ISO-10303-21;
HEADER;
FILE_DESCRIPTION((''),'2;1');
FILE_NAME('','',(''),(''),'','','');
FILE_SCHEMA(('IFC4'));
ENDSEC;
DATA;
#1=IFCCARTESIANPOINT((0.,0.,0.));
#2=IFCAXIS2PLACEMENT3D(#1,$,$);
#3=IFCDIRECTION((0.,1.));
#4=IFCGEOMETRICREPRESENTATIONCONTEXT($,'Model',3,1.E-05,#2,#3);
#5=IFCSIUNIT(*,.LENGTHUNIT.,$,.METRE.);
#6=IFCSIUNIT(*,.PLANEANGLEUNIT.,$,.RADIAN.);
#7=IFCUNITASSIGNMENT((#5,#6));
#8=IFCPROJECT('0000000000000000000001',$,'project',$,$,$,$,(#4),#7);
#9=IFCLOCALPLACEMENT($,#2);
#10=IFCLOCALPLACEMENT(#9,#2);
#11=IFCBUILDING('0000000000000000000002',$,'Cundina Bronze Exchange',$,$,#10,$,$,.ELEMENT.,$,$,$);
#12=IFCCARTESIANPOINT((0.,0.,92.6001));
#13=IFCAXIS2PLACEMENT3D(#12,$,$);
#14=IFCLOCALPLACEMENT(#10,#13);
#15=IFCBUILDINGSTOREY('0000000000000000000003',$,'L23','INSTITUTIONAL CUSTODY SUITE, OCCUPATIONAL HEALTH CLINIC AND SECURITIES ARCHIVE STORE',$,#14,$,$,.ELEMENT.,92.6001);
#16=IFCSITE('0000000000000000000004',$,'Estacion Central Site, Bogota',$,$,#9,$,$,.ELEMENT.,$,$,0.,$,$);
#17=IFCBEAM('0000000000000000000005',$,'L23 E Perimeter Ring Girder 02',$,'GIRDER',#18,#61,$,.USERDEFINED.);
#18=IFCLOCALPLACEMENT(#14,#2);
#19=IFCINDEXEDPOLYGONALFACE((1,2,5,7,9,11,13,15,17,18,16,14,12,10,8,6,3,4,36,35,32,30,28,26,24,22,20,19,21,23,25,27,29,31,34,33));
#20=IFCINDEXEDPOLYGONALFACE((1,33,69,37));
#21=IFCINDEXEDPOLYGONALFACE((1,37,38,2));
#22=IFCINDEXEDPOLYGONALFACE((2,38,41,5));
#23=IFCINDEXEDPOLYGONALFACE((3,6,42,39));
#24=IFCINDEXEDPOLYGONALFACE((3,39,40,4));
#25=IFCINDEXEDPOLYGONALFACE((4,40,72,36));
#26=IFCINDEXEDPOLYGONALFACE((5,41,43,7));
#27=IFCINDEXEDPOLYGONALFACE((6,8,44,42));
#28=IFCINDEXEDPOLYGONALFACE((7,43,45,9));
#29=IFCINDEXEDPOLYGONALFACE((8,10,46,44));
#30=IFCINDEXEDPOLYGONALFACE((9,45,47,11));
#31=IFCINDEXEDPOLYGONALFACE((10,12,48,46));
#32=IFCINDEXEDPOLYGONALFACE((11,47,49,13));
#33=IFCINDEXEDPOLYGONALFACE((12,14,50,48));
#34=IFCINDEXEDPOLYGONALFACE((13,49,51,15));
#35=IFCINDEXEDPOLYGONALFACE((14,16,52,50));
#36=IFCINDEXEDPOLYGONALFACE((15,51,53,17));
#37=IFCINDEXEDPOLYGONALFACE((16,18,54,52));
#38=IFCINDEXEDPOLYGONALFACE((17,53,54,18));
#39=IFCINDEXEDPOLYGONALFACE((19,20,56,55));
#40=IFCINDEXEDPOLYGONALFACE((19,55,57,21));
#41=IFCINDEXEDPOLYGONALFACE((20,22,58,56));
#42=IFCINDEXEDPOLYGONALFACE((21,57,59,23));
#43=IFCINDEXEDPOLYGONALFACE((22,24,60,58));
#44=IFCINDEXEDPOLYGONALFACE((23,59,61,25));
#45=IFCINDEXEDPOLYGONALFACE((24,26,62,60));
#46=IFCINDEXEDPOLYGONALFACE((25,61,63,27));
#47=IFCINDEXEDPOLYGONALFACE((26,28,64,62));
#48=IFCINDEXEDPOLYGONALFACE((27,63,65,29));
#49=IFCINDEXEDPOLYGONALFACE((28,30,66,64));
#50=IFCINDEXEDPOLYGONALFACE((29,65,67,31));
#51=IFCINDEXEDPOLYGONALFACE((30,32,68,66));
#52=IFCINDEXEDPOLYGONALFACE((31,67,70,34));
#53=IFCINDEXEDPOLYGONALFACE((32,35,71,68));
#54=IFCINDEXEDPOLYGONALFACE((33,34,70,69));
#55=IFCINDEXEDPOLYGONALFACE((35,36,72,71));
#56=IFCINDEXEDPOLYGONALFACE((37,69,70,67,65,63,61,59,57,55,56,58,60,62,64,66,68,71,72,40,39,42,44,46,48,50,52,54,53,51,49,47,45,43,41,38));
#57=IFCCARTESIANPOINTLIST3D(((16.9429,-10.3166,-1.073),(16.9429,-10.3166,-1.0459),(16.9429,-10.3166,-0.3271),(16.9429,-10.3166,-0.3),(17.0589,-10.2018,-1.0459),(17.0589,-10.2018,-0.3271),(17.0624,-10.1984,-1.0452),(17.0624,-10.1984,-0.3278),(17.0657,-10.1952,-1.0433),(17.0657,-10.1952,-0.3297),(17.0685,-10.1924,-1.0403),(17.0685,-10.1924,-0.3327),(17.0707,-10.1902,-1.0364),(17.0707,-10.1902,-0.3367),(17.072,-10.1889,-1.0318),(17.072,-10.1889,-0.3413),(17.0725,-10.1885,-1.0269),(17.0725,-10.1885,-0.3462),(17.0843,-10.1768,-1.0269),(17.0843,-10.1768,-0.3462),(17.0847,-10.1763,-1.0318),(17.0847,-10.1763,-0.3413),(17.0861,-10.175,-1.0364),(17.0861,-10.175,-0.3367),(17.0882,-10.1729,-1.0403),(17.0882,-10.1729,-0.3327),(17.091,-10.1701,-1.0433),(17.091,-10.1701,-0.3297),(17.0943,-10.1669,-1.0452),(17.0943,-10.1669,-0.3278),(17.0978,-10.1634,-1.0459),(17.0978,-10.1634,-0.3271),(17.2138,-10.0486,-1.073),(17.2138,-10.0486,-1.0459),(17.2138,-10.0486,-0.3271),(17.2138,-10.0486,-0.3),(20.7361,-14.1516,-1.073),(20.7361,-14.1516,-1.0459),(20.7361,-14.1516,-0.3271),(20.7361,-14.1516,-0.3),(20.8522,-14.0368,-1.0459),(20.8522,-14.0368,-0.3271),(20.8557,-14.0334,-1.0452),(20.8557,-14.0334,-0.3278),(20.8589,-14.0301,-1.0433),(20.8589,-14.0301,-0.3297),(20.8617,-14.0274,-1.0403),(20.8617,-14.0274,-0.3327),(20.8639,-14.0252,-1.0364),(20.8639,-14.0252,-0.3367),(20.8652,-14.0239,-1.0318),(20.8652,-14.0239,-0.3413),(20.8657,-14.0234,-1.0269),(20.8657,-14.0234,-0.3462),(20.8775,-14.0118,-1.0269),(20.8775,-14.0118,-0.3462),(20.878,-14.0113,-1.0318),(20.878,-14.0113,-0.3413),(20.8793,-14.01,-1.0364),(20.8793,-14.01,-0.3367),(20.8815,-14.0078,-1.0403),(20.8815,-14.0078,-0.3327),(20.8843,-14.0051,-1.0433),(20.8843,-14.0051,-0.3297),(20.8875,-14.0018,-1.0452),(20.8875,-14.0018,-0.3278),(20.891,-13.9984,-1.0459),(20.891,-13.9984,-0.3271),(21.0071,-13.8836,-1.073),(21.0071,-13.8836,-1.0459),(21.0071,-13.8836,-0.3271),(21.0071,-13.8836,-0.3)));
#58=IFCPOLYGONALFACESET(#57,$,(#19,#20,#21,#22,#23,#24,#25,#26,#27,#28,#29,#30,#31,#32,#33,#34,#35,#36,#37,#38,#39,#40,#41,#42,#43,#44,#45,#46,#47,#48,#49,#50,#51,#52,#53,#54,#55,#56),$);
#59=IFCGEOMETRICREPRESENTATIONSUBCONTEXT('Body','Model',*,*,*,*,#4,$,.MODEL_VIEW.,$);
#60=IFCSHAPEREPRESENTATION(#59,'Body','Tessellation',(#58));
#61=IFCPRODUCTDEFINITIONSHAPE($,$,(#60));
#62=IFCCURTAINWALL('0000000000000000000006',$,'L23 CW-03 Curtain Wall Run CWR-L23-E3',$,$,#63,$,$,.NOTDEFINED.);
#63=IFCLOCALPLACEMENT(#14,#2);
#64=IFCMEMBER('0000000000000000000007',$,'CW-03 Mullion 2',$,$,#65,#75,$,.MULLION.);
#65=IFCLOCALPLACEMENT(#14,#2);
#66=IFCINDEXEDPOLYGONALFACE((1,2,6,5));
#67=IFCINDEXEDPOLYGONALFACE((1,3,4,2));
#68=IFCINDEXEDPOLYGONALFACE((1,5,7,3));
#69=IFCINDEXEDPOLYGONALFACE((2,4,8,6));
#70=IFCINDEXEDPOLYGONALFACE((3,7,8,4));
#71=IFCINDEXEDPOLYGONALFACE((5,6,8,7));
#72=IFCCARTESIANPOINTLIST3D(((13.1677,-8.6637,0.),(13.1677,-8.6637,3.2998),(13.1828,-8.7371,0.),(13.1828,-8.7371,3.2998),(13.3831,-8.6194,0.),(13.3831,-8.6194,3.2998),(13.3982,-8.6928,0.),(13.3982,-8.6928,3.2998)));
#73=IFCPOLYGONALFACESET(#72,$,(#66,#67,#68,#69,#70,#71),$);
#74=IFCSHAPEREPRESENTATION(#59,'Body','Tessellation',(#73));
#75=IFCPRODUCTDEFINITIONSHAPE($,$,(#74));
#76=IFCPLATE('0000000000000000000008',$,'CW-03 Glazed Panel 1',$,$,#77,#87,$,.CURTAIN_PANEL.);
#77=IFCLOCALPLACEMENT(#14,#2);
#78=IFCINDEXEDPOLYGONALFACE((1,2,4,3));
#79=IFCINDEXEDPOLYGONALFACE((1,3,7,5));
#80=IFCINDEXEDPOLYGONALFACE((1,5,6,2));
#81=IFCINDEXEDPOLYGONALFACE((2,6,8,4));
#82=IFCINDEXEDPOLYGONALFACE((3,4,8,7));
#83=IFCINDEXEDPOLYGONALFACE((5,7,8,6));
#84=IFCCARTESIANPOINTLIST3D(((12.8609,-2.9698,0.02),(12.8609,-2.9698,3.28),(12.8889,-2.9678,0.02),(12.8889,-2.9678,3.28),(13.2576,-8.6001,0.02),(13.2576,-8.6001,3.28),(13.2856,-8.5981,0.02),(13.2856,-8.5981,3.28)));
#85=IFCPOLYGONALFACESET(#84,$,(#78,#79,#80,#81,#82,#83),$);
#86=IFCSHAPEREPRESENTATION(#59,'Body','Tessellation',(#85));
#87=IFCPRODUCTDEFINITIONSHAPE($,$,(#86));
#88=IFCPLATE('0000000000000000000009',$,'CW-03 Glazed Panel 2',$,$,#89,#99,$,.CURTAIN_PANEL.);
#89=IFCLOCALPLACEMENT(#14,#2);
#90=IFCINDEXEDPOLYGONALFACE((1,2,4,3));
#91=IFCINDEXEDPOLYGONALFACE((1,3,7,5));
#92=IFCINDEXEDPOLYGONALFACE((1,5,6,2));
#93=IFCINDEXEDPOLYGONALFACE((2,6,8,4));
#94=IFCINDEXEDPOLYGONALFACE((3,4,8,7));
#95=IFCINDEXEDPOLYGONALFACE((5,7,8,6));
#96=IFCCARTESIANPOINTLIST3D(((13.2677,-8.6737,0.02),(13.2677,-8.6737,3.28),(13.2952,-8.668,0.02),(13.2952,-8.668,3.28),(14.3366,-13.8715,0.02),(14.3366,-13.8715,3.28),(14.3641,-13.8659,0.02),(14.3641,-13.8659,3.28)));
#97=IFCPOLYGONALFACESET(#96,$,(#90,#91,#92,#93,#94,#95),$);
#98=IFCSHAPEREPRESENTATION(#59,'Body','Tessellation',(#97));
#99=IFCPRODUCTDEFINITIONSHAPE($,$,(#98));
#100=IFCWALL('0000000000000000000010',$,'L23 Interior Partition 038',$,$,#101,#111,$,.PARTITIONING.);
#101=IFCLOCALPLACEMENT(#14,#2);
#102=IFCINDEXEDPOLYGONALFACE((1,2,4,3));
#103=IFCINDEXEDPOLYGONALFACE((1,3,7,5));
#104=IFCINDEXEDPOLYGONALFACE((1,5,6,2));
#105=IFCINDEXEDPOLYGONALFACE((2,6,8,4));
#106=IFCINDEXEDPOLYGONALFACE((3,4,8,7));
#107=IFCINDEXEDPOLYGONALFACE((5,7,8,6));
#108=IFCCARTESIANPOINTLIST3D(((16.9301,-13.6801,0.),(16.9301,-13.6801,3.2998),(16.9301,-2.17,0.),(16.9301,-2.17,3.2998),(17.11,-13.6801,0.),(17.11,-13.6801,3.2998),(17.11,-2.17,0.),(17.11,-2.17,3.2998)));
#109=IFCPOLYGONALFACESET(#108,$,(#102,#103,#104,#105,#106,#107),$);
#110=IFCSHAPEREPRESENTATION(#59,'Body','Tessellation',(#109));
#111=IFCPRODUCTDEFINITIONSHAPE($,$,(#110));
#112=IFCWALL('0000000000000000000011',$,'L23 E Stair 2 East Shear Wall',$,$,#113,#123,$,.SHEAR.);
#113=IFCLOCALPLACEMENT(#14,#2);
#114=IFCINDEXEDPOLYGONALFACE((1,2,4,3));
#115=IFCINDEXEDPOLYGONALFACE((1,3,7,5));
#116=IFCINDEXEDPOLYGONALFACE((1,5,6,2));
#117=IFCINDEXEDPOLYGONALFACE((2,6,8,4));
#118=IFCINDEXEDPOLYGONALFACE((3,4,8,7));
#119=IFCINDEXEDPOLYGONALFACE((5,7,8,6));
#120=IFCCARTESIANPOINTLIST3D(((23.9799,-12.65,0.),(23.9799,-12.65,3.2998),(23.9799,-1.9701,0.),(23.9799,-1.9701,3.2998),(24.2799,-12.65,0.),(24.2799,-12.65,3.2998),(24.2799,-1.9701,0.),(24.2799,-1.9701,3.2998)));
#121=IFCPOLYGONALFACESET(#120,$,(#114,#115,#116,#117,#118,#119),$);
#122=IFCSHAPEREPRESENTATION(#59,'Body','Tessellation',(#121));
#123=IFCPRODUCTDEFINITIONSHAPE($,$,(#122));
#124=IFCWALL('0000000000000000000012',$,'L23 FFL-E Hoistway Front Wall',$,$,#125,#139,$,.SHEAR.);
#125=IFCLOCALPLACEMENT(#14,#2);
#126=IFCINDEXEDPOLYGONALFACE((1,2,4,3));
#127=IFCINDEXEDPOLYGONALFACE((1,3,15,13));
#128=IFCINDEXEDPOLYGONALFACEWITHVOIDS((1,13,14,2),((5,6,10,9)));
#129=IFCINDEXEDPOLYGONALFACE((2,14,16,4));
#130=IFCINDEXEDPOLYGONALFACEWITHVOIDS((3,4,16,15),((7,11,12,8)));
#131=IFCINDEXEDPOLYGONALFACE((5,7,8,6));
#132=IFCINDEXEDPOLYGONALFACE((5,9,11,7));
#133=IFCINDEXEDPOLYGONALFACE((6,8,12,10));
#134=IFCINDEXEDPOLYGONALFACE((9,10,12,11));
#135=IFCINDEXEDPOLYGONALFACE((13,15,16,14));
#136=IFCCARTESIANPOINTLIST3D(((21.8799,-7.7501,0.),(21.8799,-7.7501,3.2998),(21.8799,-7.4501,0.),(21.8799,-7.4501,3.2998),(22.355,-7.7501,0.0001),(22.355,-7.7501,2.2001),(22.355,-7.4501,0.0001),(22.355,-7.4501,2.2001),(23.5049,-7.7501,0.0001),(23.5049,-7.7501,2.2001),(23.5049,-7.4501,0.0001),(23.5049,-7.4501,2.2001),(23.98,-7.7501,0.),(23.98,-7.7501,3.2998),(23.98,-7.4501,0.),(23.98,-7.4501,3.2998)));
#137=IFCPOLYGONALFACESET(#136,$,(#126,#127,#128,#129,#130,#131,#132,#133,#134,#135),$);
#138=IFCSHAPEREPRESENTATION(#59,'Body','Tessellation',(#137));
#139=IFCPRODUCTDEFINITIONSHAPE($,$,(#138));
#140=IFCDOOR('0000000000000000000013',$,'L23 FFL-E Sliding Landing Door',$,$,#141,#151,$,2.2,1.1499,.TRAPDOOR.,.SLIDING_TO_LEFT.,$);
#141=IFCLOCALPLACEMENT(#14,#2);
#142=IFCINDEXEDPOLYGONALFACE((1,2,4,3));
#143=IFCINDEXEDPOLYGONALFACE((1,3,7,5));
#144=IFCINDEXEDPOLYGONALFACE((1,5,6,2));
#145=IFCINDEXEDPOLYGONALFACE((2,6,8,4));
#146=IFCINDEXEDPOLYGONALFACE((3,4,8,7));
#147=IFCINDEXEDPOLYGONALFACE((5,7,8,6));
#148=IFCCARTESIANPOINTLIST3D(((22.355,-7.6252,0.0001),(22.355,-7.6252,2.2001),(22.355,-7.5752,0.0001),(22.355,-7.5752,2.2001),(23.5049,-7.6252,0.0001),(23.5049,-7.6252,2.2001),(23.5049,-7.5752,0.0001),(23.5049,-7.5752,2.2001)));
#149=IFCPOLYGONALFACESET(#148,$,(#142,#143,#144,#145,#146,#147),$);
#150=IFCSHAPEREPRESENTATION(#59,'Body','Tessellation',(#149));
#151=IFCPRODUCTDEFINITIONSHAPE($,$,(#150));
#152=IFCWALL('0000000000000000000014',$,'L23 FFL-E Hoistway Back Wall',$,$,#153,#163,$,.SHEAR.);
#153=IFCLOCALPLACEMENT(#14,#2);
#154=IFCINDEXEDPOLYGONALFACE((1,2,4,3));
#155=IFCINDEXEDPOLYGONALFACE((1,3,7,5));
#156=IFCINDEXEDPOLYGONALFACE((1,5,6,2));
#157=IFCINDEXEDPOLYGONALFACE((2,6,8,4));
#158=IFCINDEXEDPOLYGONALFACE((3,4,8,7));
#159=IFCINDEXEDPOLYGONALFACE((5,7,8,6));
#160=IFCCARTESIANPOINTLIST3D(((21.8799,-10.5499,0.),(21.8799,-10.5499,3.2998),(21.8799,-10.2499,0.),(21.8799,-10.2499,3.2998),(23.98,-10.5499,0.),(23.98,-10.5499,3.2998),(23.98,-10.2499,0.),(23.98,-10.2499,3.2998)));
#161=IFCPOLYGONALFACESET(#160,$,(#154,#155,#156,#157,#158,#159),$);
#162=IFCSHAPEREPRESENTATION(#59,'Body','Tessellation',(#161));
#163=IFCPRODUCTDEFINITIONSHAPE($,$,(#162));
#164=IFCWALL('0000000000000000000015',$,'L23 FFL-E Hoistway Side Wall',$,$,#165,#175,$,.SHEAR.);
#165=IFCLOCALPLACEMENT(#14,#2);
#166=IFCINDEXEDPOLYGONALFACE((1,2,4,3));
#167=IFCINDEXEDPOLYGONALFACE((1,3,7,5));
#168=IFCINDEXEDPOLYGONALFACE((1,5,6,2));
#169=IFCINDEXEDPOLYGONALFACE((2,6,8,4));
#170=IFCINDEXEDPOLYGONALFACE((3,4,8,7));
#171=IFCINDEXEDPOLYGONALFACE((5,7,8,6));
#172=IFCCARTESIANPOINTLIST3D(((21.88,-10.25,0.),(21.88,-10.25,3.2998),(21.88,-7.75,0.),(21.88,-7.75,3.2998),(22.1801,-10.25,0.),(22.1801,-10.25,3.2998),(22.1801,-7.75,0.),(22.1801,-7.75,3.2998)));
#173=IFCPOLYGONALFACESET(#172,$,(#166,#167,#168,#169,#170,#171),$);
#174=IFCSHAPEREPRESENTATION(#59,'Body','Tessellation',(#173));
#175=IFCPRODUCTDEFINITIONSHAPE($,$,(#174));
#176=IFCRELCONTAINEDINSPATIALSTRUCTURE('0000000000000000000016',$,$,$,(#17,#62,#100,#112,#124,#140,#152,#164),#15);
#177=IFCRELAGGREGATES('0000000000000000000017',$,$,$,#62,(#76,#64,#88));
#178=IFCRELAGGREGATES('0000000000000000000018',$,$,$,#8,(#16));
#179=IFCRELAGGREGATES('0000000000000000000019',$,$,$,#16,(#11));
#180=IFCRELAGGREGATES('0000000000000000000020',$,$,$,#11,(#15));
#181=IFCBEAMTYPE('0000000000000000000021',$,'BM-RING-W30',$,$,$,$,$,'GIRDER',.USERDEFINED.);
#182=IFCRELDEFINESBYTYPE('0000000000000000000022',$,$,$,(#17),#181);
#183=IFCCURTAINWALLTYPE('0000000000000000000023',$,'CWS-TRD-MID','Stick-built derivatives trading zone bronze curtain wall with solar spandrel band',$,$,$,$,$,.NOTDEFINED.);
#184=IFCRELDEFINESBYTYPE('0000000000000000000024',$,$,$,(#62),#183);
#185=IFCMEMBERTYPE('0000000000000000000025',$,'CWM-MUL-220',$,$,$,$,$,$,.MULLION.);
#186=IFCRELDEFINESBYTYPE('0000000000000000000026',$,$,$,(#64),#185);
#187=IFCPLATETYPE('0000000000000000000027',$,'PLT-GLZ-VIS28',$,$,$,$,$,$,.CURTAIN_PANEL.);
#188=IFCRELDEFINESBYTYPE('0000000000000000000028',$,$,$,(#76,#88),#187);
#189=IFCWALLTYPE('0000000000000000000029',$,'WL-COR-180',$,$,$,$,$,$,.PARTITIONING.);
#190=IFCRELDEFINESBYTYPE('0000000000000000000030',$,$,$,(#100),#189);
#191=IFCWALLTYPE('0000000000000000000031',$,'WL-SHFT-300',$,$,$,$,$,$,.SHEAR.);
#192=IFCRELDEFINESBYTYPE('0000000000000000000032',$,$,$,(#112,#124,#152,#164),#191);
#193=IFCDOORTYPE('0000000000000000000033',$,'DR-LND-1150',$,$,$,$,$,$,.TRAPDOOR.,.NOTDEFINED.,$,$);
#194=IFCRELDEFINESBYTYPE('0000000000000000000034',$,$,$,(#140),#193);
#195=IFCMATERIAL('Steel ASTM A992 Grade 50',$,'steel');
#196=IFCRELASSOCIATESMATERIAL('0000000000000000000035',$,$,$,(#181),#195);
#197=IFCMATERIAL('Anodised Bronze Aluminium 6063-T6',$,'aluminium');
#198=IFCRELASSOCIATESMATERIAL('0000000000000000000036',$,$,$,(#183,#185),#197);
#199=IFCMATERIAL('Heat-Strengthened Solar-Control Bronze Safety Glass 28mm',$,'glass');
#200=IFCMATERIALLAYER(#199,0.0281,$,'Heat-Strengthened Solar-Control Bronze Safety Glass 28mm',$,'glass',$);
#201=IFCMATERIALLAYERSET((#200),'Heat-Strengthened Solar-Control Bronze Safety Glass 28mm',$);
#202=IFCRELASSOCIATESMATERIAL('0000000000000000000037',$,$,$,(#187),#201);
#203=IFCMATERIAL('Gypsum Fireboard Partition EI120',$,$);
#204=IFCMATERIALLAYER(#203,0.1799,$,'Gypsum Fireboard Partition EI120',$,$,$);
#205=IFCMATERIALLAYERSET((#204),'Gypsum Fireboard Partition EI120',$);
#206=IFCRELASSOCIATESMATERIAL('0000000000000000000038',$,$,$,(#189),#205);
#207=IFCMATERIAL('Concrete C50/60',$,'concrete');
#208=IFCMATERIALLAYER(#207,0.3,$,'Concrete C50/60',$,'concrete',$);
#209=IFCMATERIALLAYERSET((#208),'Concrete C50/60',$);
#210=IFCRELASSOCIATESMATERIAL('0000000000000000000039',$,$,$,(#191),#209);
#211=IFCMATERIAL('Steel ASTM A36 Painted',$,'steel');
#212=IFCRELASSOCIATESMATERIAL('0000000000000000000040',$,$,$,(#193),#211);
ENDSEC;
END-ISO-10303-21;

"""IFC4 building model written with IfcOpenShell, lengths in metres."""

from ifc_helpers import new_model, si_unit, direction, frame, frame_2d, origin, origin_2d, place, context, subcontext, project, spatial, rectangle, i_section, extrude, material, layer, layer_set, material_profile, profile_set, type_object, element, fill, aggregate, save


model = new_model("IFC4")

# Units and contexts
model_context = context("Model", 3, precision=1e-05, world=origin(), true_north=direction((0.0, 1.0)))
body_context = subcontext(model_context, "Body", "Model", "MODEL_VIEW")
ifc_project = project(units=[si_unit("LENGTHUNIT", "METRE"), si_unit("PLANEANGLEUNIT", "RADIAN")], contexts=[model_context])

# Site, building, storey
site_placement = place(None, origin())
site = spatial("IfcSite", under=ifc_project, at=site_placement, Name="Estacion Central Site, Bogota", CompositionType="ELEMENT", RefElevation=0.0)
building_placement = place(site_placement, origin())
building = spatial("IfcBuilding", under=site, at=building_placement, Name="Cundina Bronze Exchange", CompositionType="ELEMENT")
storey_placement = place(building_placement, frame((0.0, 0.0, 92.6001)))
storey = spatial("IfcBuildingStorey", under=building, at=storey_placement, Name="L23", Description="INSTITUTIONAL CUSTODY SUITE, OCCUPATIONAL HEALTH CLINIC AND SECURITIES ARCHIVE STORE", CompositionType="ELEMENT", Elevation=92.6001)

# Beam
ifc_material_1 = material(Name="Steel ASTM A992 Grade 50", Category="steel")
ifc_material_profile_1 = material_profile(ifc_material_1, i_section(OverallWidth=0.3811, OverallDepth=0.7729, WebThickness=0.0166, FlangeThickness=0.0271, FilletRadius=0.019, at=origin_2d()), Name="W30X173", Category="steel")
ifc_profile_set_1 = profile_set([ifc_material_profile_1], Name="Steel ASTM A992 Grade 50")
beam_type_1 = type_object("IfcBeamType", Name="BM-RING-W30", ElementType="GIRDER", PredefinedType="USERDEFINED", material=ifc_profile_set_1)
beam_1_placement = place(storey_placement, frame((17.0784, -10.1826, -0.6865), z_axis=(0.703226, -0.710966, 0.0), x_axis=(0.710966, 0.703226, 0.0)))
element("IfcBeam", 1, at=beam_1_placement, inside=storey, type_object=beam_type_1, Name="L23 E Perimeter Ring Girder 02", ObjectType="GIRDER", PredefinedType="USERDEFINED", context=body_context, shape_type="SweptSolid", body=[
    extrude(i_section(OverallWidth=0.3811, OverallDepth=0.7729, WebThickness=0.0166, FlangeThickness=0.0271, FilletRadius=0.019, at=origin_2d()), origin(), (0.0, 0.0, 1.0), 5.394),
])

# Curtain wall, member, plates
ifc_material_2 = material(Name="Anodised Bronze Aluminium 6063-T6", Category="aluminium")
curtain_wall_type = type_object("IfcCurtainWallType", Name="CWS-TRD-MID", Description="Stick-built derivatives trading zone bronze curtain wall with solar spandrel band", PredefinedType="NOTDEFINED", material=ifc_material_2)
curtain_wall_placement = place(storey_placement, origin())
curtain_wall = element("IfcCurtainWall", 2, at=curtain_wall_placement, inside=storey, type_object=curtain_wall_type, Name="L23 CW-03 Curtain Wall Run CWR-L23-E3", PredefinedType="NOTDEFINED")
ifc_material_profile_2 = material_profile(ifc_material_2, rectangle(XDim=0.075, YDim=0.22, at=origin_2d()), Name="AL75X220", Category="aluminium")
ifc_profile_set_2 = profile_set([ifc_material_profile_2], Name="Anodised Bronze Aluminium 6063-T6")
member_type = type_object("IfcMemberType", Name="CWM-MUL-220", PredefinedType="MULLION", material=ifc_profile_set_2)
member_placement = place(storey_placement, frame((13.283, -8.6782, 0.0), z_axis=(0.0, 0.0, 1.0), x_axis=(0.20142, -0.979505, 0.0)))
member = element("IfcMember", 3, at=member_placement, type_object=member_type, Name="CW-03 Mullion 2", PredefinedType="MULLION", context=body_context, shape_type="SweptSolid", body=[
    extrude(rectangle(XDim=0.075, YDim=0.22, at=origin_2d()), origin(), (0.0, 0.0, 1.0), 3.2998),
])
ifc_material_3 = material(Name="Heat-Strengthened Solar-Control Bronze Safety Glass 28mm", Category="glass")
ifc_layer_1 = layer(ifc_material_3, 0.0281, Name="Heat-Strengthened Solar-Control Bronze Safety Glass 28mm", Category="glass")
ifc_layer_set_1 = layer_set([ifc_layer_1], Name="Heat-Strengthened Solar-Control Bronze Safety Glass 28mm")
plate_type = type_object("IfcPlateType", Name="PLT-GLZ-VIS28", PredefinedType="CURTAIN_PANEL", material=ifc_layer_set_1)
plate_1_placement = place(storey_placement, frame((13.0732, -5.7839, 0.02), z_axis=(0.0, 0.0, 1.0), x_axis=(0.070279, -0.997527, 0.0)))
plate_1 = element("IfcPlate", 4, at=plate_1_placement, type_object=plate_type, Name="CW-03 Glazed Panel 1", PredefinedType="CURTAIN_PANEL", context=body_context, shape_type="SweptSolid", body=[
    extrude(rectangle(XDim=5.6443, YDim=0.0281, at=origin_2d()), origin(), (0.0, 0.0, 1.0), 3.26),
])
plate_2_placement = place(storey_placement, frame((13.8159, -11.2698, 0.02), z_axis=(0.0, 0.0, 1.0), x_axis=(0.20142, -0.979505, 0.0)))
plate_2 = element("IfcPlate", 5, at=plate_2_placement, type_object=plate_type, Name="CW-03 Glazed Panel 2", PredefinedType="CURTAIN_PANEL", context=body_context, shape_type="SweptSolid", body=[
    extrude(rectangle(XDim=5.3066, YDim=0.0281, at=origin_2d()), origin(), (0.0, 0.0, 1.0), 3.26),
])
aggregate(curtain_wall, [plate_1, member, plate_2])

# Walls
ifc_material_4 = material(Name="Gypsum Fireboard Partition EI120")
ifc_layer_2 = layer(ifc_material_4, 0.1799, Name="Gypsum Fireboard Partition EI120")
ifc_layer_set_2 = layer_set([ifc_layer_2], Name="Gypsum Fireboard Partition EI120")
wall_type_1 = type_object("IfcWallType", Name="WL-COR-180", PredefinedType="PARTITIONING", material=ifc_layer_set_2)
wall_1_placement = place(storey_placement, frame((17.02, -13.6799, 0.0), z_axis=(0.0, 0.0, 1.0), x_axis=(0.0, 1.0, 0.0)))
element("IfcWall", 6, at=wall_1_placement, inside=storey, type_object=wall_type_1, Name="L23 Interior Partition 038", PredefinedType="PARTITIONING", context=body_context, shape_type="SweptSolid", body=[
    extrude(rectangle(XDim=11.51, YDim=0.1799, at=frame_2d((5.7549, 0.0))), origin(), (0.0, 0.0, 1.0), 3.2998),
])
ifc_material_5 = material(Name="Concrete C50/60", Category="concrete")
ifc_layer_3 = layer(ifc_material_5, 0.3, Name="Concrete C50/60", Category="concrete")
ifc_layer_set_3 = layer_set([ifc_layer_3], Name="Concrete C50/60")
wall_type_2 = type_object("IfcWallType", Name="WL-SHFT-300", PredefinedType="SHEAR", material=ifc_layer_set_3)
wall_2_placement = place(storey_placement, frame((24.1299, -12.6499, 0.0), z_axis=(0.0, 0.0, 1.0), x_axis=(0.0, 1.0, 0.0)))
element("IfcWall", 7, at=wall_2_placement, inside=storey, type_object=wall_type_2, Name="L23 E Stair 2 East Shear Wall", PredefinedType="SHEAR", context=body_context, shape_type="SweptSolid", body=[
    extrude(rectangle(XDim=10.6799, YDim=0.3, at=frame_2d((5.3398, 0.0))), origin(), (0.0, 0.0, 1.0), 3.2998),
])

# Wall, opening, door
ifc_material_6 = material(Name="Steel ASTM A36 Painted", Category="steel")
wall_3_placement = place(storey_placement, frame((21.8799, -7.6001, 0.0), z_axis=(0.0, 0.0, 1.0), x_axis=(1.0, 0.0, 0.0)))
wall_3 = element("IfcWall", 8, at=wall_3_placement, inside=storey, type_object=wall_type_2, Name="L23 FFL-E Hoistway Front Wall", PredefinedType="SHEAR", context=body_context, shape_type="SweptSolid", body=[
    extrude(rectangle(XDim=2.1001, YDim=0.3, at=frame_2d((1.05, 0.0))), origin(), (0.0, 0.0, 1.0), 3.2998),
])
opening_1_placement = place(wall_3_placement, frame((0.4751, 0.0, 0.0)))
opening_1 = element("IfcOpeningElement", 9, at=opening_1_placement, cuts=wall_3, PredefinedType="OPENING", context=body_context, shape_type="SweptSolid", body=[
    extrude(rectangle(XDim=1.1499, YDim=2.2, at=frame_2d((0.575, 1.1001))), frame((0.0, 0.1599, 0.0), z_axis=(0.0, -1.0, 0.0), x_axis=(1.0, 0.0, 0.0)), (0.0, 0.0, 1.0), 0.3201),
])
door_type_1 = type_object("IfcDoorType", Name="DR-LND-1150", OperationType="NOTDEFINED", PredefinedType="TRAPDOOR", material=ifc_material_6)
door_1_placement = place(opening_1_placement, origin())
door_1 = element("IfcDoor", 10, at=door_1_placement, inside=storey, type_object=door_type_1, Name="L23 FFL-E Sliding Landing Door", OperationType="SLIDING_TO_LEFT", OverallHeight=2.2, OverallWidth=1.1499, PredefinedType="TRAPDOOR", context=body_context, shape_type="SweptSolid", body=[
    extrude(rectangle(XDim=1.1499, YDim=2.2, at=frame_2d((0.575, 1.1001))), frame((0.0, 0.0249, 0.0), z_axis=(0.0, -1.0, 0.0), x_axis=(1.0, 0.0, 0.0)), (0.0, 0.0, 1.0), 0.05),
])
fill(opening_1, door_1)

# Walls
wall_4_placement = place(storey_placement, frame((21.8799, -10.3999, 0.0), z_axis=(0.0, 0.0, 1.0), x_axis=(1.0, 0.0, 0.0)))
element("IfcWall", 11, at=wall_4_placement, inside=storey, type_object=wall_type_2, Name="L23 FFL-E Hoistway Back Wall", PredefinedType="SHEAR", context=body_context, shape_type="SweptSolid", body=[
    extrude(rectangle(XDim=2.1001, YDim=0.3, at=frame_2d((1.05, 0.0))), origin(), (0.0, 0.0, 1.0), 3.2998),
])
wall_5_placement = place(storey_placement, frame((22.03, -10.25, 0.0), z_axis=(0.0, 0.0, 1.0), x_axis=(0.0, 1.0, 0.0)))
element("IfcWall", 12, at=wall_5_placement, inside=storey, type_object=wall_type_2, Name="L23 FFL-E Hoistway Side Wall", PredefinedType="SHEAR", context=body_context, shape_type="SweptSolid", body=[
    extrude(rectangle(XDim=2.5, YDim=0.3, at=frame_2d((1.25, 0.0))), origin(), (0.0, 0.0, 1.0), 3.2998),
])

save(model, "model.ifc")
